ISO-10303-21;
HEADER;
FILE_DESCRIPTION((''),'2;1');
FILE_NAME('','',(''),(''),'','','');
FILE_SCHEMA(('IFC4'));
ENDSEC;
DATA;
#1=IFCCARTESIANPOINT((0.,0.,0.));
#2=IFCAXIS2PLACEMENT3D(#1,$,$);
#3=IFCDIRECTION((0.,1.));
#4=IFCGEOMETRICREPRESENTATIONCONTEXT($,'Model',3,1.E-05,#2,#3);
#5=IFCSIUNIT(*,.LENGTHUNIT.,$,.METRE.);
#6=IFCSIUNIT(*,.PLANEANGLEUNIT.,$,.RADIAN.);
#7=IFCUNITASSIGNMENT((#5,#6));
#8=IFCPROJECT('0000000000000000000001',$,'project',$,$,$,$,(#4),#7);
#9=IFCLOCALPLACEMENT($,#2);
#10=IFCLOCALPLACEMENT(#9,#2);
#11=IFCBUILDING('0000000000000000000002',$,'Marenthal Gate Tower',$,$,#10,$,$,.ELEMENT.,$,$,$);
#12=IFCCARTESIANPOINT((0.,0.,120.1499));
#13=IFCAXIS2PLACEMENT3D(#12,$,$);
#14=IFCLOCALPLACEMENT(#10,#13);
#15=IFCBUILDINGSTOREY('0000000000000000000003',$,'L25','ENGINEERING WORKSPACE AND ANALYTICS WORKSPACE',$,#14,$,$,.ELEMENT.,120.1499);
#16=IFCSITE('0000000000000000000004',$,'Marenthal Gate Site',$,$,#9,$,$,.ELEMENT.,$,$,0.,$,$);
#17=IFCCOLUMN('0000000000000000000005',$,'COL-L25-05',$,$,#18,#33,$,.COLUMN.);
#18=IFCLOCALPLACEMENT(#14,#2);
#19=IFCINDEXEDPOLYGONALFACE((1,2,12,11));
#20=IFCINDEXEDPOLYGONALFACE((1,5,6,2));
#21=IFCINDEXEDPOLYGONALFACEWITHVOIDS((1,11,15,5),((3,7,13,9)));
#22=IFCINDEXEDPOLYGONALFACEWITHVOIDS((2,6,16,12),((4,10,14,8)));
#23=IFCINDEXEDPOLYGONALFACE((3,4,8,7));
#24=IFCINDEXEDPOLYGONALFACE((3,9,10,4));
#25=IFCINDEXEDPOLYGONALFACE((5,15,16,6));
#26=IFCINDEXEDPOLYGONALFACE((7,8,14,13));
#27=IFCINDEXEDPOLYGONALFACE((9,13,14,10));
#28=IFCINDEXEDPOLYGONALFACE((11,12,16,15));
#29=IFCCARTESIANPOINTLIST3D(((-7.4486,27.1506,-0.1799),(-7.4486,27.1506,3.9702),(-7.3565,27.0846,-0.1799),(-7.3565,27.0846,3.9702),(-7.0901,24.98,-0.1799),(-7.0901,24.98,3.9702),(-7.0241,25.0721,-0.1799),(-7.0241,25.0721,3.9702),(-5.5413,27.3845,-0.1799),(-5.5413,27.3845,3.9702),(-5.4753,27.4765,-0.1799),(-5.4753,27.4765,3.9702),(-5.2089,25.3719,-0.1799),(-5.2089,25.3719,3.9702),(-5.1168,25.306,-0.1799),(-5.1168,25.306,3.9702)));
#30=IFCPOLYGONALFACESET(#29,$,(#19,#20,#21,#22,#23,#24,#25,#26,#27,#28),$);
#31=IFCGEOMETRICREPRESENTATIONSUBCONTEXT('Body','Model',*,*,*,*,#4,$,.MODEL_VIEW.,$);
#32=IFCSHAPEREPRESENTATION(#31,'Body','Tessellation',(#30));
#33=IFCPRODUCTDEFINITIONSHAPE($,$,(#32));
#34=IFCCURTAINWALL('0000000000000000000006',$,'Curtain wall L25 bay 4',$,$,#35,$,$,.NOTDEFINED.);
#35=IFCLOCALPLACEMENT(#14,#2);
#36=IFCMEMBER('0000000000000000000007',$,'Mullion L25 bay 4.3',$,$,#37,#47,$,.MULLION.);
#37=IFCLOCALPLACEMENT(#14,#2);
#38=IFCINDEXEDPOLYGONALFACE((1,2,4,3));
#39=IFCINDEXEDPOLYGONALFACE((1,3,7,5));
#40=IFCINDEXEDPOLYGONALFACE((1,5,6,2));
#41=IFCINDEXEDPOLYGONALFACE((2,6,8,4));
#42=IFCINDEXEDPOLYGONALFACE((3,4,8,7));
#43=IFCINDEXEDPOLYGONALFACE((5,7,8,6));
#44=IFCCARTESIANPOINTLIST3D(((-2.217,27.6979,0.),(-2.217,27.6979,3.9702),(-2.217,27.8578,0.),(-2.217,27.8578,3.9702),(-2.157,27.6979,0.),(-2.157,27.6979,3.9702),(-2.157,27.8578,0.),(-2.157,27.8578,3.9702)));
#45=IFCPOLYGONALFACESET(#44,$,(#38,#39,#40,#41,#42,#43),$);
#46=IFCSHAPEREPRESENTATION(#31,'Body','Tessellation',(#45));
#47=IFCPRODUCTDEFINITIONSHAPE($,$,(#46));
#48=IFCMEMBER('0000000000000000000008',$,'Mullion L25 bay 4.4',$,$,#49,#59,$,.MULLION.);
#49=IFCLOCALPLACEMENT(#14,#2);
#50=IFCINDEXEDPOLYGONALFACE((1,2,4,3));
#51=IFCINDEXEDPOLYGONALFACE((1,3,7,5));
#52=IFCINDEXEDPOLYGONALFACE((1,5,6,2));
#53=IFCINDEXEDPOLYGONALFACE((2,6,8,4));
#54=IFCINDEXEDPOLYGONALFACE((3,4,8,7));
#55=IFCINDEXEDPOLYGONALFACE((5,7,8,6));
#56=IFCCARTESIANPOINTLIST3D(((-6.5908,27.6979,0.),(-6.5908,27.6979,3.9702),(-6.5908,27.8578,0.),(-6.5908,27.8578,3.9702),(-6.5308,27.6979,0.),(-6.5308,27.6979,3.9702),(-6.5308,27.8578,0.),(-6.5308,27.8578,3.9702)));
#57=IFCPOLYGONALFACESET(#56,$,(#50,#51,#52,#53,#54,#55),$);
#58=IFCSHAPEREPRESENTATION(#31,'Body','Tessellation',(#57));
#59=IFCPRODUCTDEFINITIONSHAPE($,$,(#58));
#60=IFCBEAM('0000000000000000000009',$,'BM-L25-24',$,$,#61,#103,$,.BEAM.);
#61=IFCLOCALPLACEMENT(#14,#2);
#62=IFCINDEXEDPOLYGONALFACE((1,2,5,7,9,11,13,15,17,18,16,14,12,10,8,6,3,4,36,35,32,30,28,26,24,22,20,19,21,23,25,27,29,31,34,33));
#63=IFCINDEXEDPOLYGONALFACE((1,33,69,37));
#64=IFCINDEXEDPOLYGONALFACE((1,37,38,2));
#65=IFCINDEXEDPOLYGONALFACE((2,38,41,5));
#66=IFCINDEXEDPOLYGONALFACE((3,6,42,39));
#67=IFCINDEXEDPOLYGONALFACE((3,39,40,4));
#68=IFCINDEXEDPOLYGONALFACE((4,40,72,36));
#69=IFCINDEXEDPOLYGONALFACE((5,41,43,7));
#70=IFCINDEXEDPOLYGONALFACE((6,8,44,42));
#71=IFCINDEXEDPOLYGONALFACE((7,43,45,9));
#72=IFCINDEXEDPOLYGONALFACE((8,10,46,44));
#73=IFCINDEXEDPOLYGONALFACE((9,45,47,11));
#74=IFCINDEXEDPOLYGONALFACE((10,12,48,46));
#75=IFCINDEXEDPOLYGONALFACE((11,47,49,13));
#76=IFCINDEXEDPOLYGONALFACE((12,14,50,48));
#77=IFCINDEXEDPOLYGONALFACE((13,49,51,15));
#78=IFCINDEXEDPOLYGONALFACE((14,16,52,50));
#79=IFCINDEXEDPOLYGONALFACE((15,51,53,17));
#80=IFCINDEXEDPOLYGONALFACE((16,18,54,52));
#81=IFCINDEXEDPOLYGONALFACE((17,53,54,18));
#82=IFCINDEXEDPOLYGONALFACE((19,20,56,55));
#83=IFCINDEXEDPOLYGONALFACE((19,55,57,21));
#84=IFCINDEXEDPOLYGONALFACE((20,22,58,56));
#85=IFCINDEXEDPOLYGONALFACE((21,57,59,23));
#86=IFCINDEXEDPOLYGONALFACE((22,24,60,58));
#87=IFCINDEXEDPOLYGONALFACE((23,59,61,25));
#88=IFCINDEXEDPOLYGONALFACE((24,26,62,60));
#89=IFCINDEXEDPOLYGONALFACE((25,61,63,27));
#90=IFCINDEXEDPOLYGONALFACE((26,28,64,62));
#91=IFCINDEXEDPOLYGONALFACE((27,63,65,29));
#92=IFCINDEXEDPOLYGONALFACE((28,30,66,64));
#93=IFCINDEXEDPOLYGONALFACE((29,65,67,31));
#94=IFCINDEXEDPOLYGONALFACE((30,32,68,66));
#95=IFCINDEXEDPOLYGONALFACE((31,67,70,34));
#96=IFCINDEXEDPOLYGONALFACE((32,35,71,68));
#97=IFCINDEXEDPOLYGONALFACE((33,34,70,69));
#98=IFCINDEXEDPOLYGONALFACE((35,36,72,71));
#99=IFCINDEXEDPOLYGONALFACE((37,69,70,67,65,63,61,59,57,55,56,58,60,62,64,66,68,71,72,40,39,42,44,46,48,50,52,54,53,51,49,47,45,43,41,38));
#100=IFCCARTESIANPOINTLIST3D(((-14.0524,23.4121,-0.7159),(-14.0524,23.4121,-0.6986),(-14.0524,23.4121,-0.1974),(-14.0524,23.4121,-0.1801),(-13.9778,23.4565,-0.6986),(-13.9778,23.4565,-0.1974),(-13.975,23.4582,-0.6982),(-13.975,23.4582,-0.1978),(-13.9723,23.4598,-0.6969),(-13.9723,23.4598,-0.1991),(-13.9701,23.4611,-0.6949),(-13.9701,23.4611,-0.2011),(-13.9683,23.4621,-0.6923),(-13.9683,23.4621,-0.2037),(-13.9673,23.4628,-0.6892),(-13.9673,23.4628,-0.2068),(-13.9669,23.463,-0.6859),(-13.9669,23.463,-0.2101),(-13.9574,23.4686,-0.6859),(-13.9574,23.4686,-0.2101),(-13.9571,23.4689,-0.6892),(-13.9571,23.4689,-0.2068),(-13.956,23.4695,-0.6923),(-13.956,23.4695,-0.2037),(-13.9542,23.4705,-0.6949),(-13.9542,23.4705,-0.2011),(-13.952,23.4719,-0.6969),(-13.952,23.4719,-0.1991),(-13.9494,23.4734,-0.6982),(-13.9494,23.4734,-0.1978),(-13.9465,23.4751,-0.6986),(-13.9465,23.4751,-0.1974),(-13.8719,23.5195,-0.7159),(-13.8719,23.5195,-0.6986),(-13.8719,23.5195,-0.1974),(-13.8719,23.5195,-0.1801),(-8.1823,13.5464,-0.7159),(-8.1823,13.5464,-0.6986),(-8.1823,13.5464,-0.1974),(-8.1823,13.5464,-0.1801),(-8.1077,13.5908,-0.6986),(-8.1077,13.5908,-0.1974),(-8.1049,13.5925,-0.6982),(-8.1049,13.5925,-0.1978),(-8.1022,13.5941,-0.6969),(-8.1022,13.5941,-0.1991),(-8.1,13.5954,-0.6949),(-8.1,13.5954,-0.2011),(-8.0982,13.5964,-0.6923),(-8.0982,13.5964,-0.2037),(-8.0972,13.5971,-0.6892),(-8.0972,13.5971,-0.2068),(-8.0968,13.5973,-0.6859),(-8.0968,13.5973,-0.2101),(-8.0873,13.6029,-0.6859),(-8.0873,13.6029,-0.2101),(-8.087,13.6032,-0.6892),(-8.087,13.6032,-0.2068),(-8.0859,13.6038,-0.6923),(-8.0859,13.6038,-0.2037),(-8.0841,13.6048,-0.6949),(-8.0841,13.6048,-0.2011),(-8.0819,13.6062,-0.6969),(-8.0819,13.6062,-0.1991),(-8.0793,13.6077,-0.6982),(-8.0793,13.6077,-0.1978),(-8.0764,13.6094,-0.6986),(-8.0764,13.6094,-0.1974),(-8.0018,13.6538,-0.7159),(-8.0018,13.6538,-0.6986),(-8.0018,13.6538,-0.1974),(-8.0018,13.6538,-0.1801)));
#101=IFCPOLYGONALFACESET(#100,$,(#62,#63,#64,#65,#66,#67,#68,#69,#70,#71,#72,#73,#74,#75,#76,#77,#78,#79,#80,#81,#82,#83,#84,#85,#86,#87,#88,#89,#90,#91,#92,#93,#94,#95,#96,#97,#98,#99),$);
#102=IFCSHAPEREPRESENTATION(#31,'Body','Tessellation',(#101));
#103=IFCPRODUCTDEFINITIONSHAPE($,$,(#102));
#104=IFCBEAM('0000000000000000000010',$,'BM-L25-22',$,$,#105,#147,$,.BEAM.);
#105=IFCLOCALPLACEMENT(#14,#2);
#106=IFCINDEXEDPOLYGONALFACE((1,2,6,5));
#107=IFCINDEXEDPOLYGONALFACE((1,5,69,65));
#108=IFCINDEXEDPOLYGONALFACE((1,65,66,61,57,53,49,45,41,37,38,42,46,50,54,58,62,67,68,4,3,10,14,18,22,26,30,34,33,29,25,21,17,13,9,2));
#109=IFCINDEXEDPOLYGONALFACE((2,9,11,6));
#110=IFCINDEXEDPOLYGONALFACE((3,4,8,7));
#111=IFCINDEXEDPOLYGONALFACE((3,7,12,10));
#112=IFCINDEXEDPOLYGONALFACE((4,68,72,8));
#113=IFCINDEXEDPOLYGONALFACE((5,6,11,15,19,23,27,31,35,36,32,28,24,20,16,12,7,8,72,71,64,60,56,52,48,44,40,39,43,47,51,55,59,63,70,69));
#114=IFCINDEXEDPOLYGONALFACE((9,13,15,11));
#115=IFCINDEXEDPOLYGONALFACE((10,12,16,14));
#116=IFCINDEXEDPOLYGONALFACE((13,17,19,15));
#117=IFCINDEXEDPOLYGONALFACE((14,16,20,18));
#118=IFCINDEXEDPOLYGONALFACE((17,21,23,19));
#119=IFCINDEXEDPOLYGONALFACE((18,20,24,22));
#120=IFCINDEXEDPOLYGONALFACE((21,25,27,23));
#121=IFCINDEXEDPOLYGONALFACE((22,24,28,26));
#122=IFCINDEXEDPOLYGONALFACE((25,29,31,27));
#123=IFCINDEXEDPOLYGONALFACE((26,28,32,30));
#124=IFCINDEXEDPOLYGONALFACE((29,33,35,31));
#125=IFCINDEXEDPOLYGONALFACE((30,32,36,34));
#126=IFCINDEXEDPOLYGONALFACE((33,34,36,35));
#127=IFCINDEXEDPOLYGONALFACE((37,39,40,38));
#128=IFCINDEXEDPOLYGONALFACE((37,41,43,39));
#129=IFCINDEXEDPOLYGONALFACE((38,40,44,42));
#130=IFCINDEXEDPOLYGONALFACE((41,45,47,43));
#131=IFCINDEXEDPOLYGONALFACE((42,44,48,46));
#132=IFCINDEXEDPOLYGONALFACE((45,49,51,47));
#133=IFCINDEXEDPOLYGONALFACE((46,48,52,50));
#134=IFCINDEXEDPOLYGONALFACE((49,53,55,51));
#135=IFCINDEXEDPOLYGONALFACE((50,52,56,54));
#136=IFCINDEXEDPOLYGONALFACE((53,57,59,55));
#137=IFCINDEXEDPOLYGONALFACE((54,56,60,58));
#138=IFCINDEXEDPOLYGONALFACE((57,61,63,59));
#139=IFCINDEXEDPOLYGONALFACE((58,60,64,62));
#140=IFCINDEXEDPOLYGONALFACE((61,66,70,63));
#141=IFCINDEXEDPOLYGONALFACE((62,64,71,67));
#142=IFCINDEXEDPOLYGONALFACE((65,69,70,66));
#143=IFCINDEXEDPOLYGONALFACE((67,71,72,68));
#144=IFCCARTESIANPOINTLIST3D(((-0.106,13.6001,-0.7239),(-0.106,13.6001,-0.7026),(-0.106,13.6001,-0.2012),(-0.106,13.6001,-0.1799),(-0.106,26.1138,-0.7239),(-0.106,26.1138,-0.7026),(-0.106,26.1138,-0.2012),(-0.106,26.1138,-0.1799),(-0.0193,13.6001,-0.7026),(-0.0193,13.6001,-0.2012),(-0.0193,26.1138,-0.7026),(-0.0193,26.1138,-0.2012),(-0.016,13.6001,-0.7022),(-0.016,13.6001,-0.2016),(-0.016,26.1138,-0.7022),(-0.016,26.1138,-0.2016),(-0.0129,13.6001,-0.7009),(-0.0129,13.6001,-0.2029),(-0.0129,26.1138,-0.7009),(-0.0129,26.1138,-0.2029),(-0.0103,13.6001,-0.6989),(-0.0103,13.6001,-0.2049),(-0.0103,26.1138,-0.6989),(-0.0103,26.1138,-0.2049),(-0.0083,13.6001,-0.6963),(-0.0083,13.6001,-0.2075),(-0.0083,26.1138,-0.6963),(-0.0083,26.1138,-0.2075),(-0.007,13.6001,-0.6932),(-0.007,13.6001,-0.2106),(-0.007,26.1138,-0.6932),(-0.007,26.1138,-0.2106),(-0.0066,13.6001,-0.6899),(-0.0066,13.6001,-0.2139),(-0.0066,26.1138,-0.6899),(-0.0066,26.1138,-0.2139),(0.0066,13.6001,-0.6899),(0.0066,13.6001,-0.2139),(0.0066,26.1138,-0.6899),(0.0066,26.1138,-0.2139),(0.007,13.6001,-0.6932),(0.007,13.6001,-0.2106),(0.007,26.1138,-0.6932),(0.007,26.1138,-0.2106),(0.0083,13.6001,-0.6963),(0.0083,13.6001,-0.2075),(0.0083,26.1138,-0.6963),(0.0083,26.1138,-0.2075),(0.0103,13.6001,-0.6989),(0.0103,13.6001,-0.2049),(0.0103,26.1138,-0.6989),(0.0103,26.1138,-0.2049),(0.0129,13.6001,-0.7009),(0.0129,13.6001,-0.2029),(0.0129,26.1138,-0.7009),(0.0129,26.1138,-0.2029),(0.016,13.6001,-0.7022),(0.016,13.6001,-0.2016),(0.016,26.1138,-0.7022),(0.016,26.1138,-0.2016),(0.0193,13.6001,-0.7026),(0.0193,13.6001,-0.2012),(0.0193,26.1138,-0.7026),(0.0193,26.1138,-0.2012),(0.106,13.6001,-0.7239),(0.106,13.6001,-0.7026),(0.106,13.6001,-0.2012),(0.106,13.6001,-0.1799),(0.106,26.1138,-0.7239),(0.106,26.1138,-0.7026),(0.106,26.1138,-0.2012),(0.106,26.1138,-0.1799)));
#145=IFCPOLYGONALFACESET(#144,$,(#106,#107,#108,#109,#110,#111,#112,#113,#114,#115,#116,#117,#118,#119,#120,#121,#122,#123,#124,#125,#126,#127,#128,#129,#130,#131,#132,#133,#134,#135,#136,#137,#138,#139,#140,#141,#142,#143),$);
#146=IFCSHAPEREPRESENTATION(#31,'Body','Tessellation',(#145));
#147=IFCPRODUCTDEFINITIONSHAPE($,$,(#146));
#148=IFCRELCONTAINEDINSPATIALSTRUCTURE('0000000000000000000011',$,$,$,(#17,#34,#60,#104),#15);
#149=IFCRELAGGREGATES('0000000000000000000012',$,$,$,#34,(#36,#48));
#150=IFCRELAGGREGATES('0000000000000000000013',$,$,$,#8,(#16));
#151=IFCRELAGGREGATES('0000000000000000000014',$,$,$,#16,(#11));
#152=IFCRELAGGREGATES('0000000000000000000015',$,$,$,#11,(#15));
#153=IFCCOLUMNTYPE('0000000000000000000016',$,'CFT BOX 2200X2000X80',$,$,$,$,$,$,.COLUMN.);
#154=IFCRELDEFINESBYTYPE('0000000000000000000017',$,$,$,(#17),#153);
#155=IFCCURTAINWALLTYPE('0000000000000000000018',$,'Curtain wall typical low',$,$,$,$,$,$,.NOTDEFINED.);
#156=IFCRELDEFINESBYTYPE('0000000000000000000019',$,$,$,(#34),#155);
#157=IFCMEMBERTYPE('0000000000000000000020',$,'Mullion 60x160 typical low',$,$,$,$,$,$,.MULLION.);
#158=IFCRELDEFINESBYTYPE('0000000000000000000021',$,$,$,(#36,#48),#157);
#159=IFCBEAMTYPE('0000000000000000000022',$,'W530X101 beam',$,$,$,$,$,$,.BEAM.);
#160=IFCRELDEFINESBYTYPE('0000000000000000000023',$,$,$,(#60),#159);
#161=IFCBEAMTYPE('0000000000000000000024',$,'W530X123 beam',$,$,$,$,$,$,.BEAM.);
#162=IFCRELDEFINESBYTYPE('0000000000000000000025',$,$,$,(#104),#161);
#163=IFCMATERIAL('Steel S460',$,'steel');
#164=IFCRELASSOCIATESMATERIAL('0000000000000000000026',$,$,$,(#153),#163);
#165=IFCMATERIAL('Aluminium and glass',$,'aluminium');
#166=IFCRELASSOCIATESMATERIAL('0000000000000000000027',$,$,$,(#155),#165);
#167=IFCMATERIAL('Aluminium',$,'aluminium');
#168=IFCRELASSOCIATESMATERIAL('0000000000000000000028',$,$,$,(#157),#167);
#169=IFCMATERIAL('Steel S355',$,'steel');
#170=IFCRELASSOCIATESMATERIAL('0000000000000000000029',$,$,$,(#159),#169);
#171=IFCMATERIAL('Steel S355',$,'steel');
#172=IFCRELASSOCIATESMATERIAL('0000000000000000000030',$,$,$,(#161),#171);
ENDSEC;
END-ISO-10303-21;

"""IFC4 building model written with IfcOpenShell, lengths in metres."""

from ifc_helpers import new_model, si_unit, direction, frame, origin, origin_2d, place, context, subcontext, project, spatial, rectangle, hollow_rectangle, i_section, extrude, material, material_profile, profile_set, type_object, element, aggregate, save


model = new_model("IFC4")

# Units and contexts
model_context = context("Model", 3, precision=1e-05, world=origin(), true_north=direction((0.0, 1.0)))
body_context = subcontext(model_context, "Body", "Model", "MODEL_VIEW")
ifc_project = project(units=[si_unit("LENGTHUNIT", "METRE"), si_unit("PLANEANGLEUNIT", "RADIAN")], contexts=[model_context])

# Site, building, storey
site_placement = place(None, origin())
site = spatial("IfcSite", under=ifc_project, at=site_placement, Name="Marenthal Gate Site", CompositionType="ELEMENT", RefElevation=0.0)
building_placement = place(site_placement, origin())
building = spatial("IfcBuilding", under=site, at=building_placement, Name="Marenthal Gate Tower", CompositionType="ELEMENT")
storey_placement = place(building_placement, frame((0.0, 0.0, 120.1499)))
storey = spatial("IfcBuildingStorey", under=building, at=storey_placement, Name="L25", Description="ENGINEERING WORKSPACE AND ANALYTICS WORKSPACE", CompositionType="ELEMENT", Elevation=120.1499)

# Column
ifc_material_1 = material(Name="Steel S460", Category="steel")
ifc_material_profile_1 = material_profile(ifc_material_1, hollow_rectangle(XDim=2.0, YDim=2.2, WallThickness=0.0801, at=origin_2d()), Name="CFT BOX 2200X2000X80")
ifc_material_2 = material(Name="Concrete 70 MPa", Category="concrete")
ifc_material_profile_2 = material_profile(ifc_material_2, rectangle(XDim=1.8401, YDim=2.04, at=origin_2d()), Name="CFT BOX 2200X2000X80 INFILL")
ifc_profile_set_1 = profile_set([ifc_material_profile_1, ifc_material_profile_2], Name="Steel S460 shell, Concrete 70 MPa infill")
column_type = type_object("IfcColumnType", Name="CFT BOX 2200X2000X80", PredefinedType="COLUMN", material=ifc_profile_set_1)
column_placement = place(storey_placement, frame((-6.2827, 26.2283, -0.1799), z_axis=(0.0, 0.0, 1.0), x_axis=(0.986631, 0.162968, 0.0)))
element("IfcColumn", 1, at=column_placement, inside=storey, type_object=column_type, Name="COL-L25-05", PredefinedType="COLUMN", context=body_context, shape_type="SweptSolid", body=[
    extrude(hollow_rectangle(XDim=2.0, YDim=2.2, WallThickness=0.0801, at=origin_2d()), origin(), (0.0, 0.0, 1.0), 4.1501),
])

# Curtain wall, members
ifc_material_3 = material(Name="Aluminium and glass", Category="aluminium")
curtain_wall_type = type_object("IfcCurtainWallType", Name="Curtain wall typical low", PredefinedType="NOTDEFINED", material=ifc_material_3)
curtain_wall_placement = place(storey_placement, origin())
curtain_wall = element("IfcCurtainWall", 2, at=curtain_wall_placement, inside=storey, type_object=curtain_wall_type, Name="Curtain wall L25 bay 4", PredefinedType="NOTDEFINED")
ifc_material_4 = material(Name="Aluminium", Category="aluminium")
ifc_material_profile_3 = material_profile(ifc_material_4, rectangle(XDim=0.1599, YDim=0.0601, at=origin_2d()), Name="60x160 aluminium mullion")
ifc_profile_set_2 = profile_set([ifc_material_profile_3], Name="Aluminium")
member_type = type_object("IfcMemberType", Name="Mullion 60x160 typical low", PredefinedType="MULLION", material=ifc_profile_set_2)
member_1_placement = place(storey_placement, frame((-2.187, 27.7778, 0.0), z_axis=(0.0, 0.0, 1.0), x_axis=(0.0, -1.0, 0.0)))
member_1 = element("IfcMember", 3, at=member_1_placement, type_object=member_type, Name="Mullion L25 bay 4.3", PredefinedType="MULLION", context=body_context, shape_type="SweptSolid", body=[
    extrude(rectangle(XDim=0.1599, YDim=0.0601, at=origin_2d()), origin(), (0.0, 0.0, 1.0), 3.9702),
])
member_2_placement = place(storey_placement, frame((-6.5608, 27.7778, 0.0), z_axis=(0.0, 0.0, 1.0), x_axis=(0.0, -1.0, 0.0)))
member_2 = element("IfcMember", 4, at=member_2_placement, type_object=member_type, Name="Mullion L25 bay 4.4", PredefinedType="MULLION", context=body_context, shape_type="SweptSolid", body=[
    extrude(rectangle(XDim=0.1599, YDim=0.0601, at=origin_2d()), origin(), (0.0, 0.0, 1.0), 3.9702),
])

# Beams
ifc_material_5 = material(Name="Steel S355", Category="steel")
ifc_material_profile_4 = material_profile(ifc_material_5, i_section(OverallWidth=0.21, OverallDepth=0.5359, WebThickness=0.011, FlangeThickness=0.0173, FilletRadius=0.0127, at=origin_2d()), Name="W530X101")
ifc_profile_set_3 = profile_set([ifc_material_profile_4], Name="Steel S355")
beam_type_1 = type_object("IfcBeamType", Name="W530X101 beam", PredefinedType="BEAM", material=ifc_profile_set_3)
beam_1_placement = place(storey_placement, frame((-13.9622, 23.4658, -0.448), z_axis=(0.511334, -0.859382, 0.0), x_axis=(0.859382, 0.511334, 0.0)))
element("IfcBeam", 5, at=beam_1_placement, inside=storey, type_object=beam_type_1, Name="BM-L25-24", PredefinedType="BEAM", context=body_context, shape_type="SweptSolid", body=[
    extrude(i_section(OverallWidth=0.21, OverallDepth=0.5359, WebThickness=0.011, FlangeThickness=0.0173, FilletRadius=0.0127, at=origin_2d()), origin(), (0.0, 0.0, 1.0), 11.48),
])
ifc_material_6 = material(Name="Steel S355", Category="steel")
ifc_material_profile_5 = material_profile(ifc_material_6, i_section(OverallWidth=0.2119, OverallDepth=0.5439, WebThickness=0.0132, FlangeThickness=0.0212, FilletRadius=0.0127, at=origin_2d()), Name="W530X123")
ifc_profile_set_4 = profile_set([ifc_material_profile_5], Name="Steel S355")
beam_type_2 = type_object("IfcBeamType", Name="W530X123 beam", PredefinedType="BEAM", material=ifc_profile_set_4)
beam_2_placement = place(storey_placement, frame((0.0, 26.1138, -0.4519), z_axis=(0.0, -1.0, 0.0), x_axis=(1.0, 0.0, 0.0)))
element("IfcBeam", 6, at=beam_2_placement, inside=storey, type_object=beam_type_2, Name="BM-L25-22", PredefinedType="BEAM", context=body_context, shape_type="SweptSolid", body=[
    extrude(i_section(OverallWidth=0.2119, OverallDepth=0.5439, WebThickness=0.0132, FlangeThickness=0.0212, FilletRadius=0.0127, at=origin_2d()), origin(), (0.0, 0.0, 1.0), 12.5137),
])

aggregate(curtain_wall, [member_1, member_2])

save(model, "model.ifc")
